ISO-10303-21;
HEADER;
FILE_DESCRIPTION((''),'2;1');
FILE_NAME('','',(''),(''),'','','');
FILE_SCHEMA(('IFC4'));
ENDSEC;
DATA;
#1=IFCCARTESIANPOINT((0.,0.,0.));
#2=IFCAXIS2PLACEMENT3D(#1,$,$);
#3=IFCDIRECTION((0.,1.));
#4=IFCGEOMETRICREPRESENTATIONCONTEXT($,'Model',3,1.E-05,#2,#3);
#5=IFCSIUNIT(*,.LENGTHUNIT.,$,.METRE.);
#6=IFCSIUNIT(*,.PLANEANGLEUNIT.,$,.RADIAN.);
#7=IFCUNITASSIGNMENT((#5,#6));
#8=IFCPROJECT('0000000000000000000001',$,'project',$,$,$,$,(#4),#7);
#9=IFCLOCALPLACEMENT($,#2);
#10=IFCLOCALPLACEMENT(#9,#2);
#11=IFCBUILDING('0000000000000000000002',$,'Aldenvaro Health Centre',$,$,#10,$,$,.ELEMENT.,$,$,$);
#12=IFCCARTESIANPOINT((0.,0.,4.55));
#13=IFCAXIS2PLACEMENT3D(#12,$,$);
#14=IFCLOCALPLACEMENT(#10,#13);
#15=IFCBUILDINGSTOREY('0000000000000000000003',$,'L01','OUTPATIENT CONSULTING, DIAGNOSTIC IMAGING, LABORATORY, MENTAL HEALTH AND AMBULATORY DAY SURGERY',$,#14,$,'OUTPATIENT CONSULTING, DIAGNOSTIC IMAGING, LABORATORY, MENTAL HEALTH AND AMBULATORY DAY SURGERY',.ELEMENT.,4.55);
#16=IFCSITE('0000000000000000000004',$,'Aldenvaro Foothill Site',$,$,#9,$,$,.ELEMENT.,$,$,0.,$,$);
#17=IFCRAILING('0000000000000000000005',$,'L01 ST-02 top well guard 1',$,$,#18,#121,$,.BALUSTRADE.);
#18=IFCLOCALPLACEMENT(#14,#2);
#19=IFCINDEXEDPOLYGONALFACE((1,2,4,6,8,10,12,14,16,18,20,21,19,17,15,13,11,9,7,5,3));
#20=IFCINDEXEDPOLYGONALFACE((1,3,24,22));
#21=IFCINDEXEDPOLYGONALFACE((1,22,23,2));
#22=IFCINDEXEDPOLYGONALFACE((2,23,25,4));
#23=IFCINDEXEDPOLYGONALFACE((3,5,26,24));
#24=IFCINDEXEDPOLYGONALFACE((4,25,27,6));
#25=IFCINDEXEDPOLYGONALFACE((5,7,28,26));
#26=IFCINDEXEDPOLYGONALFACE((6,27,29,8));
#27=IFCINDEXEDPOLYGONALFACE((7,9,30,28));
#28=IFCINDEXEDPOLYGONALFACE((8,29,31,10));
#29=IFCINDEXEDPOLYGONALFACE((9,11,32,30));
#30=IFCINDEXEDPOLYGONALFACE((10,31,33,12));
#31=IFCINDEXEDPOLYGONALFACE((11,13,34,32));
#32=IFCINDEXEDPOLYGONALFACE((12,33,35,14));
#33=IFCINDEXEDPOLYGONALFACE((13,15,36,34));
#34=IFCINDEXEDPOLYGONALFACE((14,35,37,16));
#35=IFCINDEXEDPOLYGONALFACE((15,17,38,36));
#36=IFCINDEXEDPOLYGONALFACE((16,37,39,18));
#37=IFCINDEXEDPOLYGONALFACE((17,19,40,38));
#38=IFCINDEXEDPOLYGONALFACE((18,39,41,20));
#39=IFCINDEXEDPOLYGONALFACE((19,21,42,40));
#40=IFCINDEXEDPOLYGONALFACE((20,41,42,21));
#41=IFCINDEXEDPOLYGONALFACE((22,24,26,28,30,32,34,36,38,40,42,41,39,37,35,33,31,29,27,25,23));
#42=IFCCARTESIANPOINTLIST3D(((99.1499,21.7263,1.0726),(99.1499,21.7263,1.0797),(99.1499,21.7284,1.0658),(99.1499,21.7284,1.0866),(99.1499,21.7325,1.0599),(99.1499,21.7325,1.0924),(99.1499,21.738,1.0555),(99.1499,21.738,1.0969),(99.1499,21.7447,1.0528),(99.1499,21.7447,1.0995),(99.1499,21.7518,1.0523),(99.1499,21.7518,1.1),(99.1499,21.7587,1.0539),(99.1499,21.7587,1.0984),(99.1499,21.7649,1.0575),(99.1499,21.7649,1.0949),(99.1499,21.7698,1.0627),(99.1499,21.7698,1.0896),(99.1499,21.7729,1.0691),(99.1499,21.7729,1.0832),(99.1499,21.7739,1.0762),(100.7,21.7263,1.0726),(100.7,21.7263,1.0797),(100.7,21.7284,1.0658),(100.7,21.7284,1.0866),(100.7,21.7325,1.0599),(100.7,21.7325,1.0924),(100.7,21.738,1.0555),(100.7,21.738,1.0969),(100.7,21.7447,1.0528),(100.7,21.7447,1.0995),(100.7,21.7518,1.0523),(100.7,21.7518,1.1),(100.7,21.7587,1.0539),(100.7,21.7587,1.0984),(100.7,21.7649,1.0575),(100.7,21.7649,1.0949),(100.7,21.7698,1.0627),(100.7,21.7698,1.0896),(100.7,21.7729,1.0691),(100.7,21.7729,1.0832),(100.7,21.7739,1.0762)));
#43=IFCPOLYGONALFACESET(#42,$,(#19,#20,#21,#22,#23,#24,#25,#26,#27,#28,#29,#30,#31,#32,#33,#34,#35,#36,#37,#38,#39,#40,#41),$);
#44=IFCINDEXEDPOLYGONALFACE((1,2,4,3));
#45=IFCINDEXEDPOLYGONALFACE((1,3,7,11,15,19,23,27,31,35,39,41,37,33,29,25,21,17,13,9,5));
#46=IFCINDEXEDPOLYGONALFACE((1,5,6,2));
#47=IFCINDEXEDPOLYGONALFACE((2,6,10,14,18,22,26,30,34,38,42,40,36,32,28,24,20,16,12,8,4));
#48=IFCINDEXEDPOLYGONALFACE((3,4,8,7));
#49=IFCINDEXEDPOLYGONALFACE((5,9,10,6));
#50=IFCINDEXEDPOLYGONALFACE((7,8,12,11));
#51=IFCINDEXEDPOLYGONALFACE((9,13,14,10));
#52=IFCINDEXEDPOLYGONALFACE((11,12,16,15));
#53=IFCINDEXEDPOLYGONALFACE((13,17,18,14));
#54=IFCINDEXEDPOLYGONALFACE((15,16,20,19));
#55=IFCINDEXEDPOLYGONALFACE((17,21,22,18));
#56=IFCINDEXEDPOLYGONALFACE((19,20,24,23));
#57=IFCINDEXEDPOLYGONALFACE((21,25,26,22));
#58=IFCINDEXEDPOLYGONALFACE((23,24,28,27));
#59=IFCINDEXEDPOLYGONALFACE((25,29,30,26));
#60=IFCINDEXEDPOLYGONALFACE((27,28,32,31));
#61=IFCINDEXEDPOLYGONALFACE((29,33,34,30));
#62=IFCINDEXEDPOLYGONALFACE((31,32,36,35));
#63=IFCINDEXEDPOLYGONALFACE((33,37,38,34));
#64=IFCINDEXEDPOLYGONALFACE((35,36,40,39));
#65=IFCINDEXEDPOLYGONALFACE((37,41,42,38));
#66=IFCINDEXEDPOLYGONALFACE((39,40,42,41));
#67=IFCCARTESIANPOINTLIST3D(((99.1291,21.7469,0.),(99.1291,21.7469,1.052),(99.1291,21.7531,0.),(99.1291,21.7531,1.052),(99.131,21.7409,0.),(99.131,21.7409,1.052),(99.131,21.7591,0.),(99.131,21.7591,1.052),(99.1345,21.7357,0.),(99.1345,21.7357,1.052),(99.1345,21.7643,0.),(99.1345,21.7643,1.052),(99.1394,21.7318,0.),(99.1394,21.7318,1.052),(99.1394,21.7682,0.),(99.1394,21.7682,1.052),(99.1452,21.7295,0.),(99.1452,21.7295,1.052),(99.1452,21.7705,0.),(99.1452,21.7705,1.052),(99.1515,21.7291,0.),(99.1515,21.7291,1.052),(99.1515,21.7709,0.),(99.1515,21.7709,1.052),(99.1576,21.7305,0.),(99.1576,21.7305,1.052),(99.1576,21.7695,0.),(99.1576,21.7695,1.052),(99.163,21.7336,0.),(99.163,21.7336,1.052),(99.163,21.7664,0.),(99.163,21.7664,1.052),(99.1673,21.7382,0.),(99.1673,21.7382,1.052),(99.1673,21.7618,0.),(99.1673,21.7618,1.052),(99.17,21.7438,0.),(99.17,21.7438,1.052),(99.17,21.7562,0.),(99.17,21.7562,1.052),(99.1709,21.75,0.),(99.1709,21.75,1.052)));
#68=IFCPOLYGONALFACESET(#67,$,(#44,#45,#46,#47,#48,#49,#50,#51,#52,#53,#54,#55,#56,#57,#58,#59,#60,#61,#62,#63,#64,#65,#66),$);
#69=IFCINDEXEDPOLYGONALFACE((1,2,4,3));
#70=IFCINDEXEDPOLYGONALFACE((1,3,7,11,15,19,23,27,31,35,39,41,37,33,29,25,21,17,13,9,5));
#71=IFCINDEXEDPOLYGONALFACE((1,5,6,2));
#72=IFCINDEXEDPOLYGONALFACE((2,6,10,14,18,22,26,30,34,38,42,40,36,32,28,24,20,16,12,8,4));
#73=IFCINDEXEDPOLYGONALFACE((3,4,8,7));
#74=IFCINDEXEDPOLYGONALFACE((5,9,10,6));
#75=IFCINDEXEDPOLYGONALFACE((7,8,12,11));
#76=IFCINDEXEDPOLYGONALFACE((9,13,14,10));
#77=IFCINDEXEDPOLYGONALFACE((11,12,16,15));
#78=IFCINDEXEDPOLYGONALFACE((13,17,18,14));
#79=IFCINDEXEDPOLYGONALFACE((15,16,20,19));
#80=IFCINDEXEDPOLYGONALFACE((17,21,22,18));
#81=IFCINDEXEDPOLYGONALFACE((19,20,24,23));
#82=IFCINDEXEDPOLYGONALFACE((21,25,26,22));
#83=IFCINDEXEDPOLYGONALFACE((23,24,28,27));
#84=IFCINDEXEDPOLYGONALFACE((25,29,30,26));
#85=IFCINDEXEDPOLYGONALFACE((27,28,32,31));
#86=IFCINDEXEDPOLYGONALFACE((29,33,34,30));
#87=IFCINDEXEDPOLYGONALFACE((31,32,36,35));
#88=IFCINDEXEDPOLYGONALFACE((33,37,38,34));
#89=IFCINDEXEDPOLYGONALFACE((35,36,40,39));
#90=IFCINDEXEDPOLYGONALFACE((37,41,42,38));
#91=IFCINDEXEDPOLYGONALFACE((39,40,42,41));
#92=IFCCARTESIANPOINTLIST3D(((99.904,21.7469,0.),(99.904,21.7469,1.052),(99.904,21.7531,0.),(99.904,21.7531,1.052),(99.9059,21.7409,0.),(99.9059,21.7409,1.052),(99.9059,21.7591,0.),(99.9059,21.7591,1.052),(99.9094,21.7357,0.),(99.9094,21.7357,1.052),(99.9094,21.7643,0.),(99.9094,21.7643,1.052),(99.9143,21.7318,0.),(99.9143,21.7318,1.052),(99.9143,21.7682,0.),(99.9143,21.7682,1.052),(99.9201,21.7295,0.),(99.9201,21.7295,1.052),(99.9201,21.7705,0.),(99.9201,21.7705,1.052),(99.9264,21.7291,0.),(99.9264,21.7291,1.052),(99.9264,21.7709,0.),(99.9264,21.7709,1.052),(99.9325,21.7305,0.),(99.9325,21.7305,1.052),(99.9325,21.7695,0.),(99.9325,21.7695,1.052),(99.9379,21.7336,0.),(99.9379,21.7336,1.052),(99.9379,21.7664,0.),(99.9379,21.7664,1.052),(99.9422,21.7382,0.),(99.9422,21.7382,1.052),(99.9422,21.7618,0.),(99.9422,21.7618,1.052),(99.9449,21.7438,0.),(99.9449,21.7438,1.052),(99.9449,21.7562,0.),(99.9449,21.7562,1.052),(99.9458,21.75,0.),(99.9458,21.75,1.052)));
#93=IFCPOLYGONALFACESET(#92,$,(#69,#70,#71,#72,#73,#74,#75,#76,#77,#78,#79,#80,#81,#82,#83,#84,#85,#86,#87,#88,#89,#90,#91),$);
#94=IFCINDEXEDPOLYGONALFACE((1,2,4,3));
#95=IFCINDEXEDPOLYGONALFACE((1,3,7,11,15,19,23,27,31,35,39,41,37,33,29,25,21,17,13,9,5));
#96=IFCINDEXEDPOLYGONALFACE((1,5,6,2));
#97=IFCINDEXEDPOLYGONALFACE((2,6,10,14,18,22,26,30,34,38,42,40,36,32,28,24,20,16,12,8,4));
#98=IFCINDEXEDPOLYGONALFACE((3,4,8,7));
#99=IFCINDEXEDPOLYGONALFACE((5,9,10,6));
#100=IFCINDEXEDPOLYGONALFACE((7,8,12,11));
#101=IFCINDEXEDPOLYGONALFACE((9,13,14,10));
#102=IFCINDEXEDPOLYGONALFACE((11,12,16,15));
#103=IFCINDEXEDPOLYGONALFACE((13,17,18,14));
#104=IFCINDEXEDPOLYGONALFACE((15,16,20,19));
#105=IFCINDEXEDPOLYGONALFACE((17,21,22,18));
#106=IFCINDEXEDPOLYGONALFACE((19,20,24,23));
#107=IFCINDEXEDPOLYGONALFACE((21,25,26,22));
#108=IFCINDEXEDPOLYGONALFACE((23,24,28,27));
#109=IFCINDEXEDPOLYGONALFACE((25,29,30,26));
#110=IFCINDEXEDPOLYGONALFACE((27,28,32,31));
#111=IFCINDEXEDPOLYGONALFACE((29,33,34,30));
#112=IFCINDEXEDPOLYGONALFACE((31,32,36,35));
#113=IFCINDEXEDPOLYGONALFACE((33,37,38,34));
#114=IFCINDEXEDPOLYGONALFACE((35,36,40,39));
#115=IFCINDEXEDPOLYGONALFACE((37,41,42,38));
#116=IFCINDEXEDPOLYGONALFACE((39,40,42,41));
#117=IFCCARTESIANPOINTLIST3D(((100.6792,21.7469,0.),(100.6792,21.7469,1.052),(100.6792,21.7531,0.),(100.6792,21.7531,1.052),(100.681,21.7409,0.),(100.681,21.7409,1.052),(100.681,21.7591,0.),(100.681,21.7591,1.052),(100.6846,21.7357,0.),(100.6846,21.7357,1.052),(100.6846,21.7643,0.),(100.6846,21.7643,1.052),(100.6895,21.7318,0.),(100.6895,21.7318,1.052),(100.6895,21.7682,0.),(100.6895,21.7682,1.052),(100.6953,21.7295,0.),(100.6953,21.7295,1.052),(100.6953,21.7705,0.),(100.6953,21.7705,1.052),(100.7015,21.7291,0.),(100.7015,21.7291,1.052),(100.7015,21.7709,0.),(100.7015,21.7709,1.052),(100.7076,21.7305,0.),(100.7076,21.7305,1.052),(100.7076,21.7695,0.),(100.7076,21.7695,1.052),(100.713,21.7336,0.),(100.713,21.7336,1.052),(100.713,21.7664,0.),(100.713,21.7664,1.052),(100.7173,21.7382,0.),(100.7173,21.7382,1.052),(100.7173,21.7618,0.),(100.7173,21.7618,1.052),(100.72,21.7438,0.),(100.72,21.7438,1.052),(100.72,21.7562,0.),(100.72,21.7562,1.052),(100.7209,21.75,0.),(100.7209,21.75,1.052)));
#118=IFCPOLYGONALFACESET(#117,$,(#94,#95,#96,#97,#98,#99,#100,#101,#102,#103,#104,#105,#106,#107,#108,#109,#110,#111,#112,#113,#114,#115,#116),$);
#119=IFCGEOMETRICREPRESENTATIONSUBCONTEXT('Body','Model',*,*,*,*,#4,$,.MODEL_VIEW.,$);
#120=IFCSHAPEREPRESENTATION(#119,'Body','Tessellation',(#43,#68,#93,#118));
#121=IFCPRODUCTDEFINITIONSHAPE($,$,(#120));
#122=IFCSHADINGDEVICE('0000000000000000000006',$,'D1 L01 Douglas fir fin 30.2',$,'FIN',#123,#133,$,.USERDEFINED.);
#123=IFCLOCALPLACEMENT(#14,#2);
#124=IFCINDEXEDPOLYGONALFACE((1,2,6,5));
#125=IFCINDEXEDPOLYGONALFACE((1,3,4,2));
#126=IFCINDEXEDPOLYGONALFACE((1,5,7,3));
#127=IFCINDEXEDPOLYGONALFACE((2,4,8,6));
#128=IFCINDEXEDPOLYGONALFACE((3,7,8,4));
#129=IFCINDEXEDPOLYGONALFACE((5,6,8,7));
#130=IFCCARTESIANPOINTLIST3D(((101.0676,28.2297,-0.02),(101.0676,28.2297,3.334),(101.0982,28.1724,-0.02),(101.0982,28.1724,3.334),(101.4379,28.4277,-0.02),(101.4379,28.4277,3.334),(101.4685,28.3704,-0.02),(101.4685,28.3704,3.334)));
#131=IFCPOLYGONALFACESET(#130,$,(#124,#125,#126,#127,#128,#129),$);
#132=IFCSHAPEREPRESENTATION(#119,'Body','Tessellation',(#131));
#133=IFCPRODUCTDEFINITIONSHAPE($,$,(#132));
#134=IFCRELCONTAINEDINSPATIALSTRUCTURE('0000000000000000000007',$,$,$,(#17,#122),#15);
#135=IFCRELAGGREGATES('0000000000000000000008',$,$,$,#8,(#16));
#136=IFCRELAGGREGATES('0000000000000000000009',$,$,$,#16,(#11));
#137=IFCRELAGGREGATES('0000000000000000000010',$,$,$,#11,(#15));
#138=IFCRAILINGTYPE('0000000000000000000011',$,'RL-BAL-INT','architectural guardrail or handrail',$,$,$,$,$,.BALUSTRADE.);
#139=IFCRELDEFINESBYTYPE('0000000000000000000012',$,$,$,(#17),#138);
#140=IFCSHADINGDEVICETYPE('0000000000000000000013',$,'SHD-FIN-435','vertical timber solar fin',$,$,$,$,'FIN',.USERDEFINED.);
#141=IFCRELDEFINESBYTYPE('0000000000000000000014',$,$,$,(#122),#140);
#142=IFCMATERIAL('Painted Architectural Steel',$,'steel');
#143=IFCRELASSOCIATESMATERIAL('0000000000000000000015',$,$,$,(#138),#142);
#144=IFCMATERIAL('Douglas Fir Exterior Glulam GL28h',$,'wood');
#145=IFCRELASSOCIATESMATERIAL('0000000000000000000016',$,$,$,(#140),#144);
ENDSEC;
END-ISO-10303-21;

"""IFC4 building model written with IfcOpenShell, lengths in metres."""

from ifc_helpers import new_model, si_unit, direction, frame, origin, origin_2d, place, context, subcontext, project, spatial, rectangle, circle, extrude, material, type_object, element, save


model = new_model("IFC4")

# Units and contexts
model_context = context("Model", 3, precision=1e-05, world=origin(), true_north=direction((0.0, 1.0)))
body_context = subcontext(model_context, "Body", "Model", "MODEL_VIEW")
ifc_project = project(units=[si_unit("LENGTHUNIT", "METRE"), si_unit("PLANEANGLEUNIT", "RADIAN")], contexts=[model_context])

# Site, building, storey
site_placement = place(None, origin())
site = spatial("IfcSite", under=ifc_project, at=site_placement, Name="Aldenvaro Foothill Site", CompositionType="ELEMENT", RefElevation=0.0)
building_placement = place(site_placement, origin())
building = spatial("IfcBuilding", under=site, at=building_placement, Name="Aldenvaro Health Centre", CompositionType="ELEMENT")
storey_placement = place(building_placement, frame((0.0, 0.0, 4.55)))
storey = spatial("IfcBuildingStorey", under=building, at=storey_placement, Name="L01", Description="OUTPATIENT CONSULTING, DIAGNOSTIC IMAGING, LABORATORY, MENTAL HEALTH AND AMBULATORY DAY SURGERY", LongName="OUTPATIENT CONSULTING, DIAGNOSTIC IMAGING, LABORATORY, MENTAL HEALTH AND AMBULATORY DAY SURGERY", CompositionType="ELEMENT", Elevation=4.55)

# Railing
ifc_material_1 = material(Name="Painted Architectural Steel", Category="steel")
railing_type = type_object("IfcRailingType", Name="RL-BAL-INT", Description="architectural guardrail or handrail", PredefinedType="BALUSTRADE", material=ifc_material_1)
railing_1_placement = place(storey_placement, frame((99.1499, 21.75, 0.0)))
element("IfcRailing", 1, at=railing_1_placement, inside=storey, type_object=railing_type, Name="L01 ST-02 top well guard 1", PredefinedType="BALUSTRADE", context=body_context, shape_type="SweptSolid", body=[
    extrude(circle(Radius=0.0239, at=origin_2d()), frame((0.0, 0.0, 1.0762), z_axis=(1.0, 0.0, 0.0), x_axis=(0.0, 1.0, 0.0)), (0.0, 0.0, 1.0), 1.55),
    extrude(circle(Radius=0.021, at=origin_2d()), origin(), (0.0, 0.0, 1.0), 1.052),
    extrude(circle(Radius=0.021, at=origin_2d()), frame((0.7749, 0.0, 0.0)), (0.0, 0.0, 1.0), 1.052),
    extrude(circle(Radius=0.021, at=origin_2d()), frame((1.55, 0.0, 0.0)), (0.0, 0.0, 1.0), 1.052),
])

# Shading device
ifc_material_2 = material(Name="Douglas Fir Exterior Glulam GL28h", Category="wood")
shading_device_type = type_object("IfcShadingDeviceType", Name="SHD-FIN-435", Description="vertical timber solar fin", ElementType="FIN", PredefinedType="USERDEFINED", material=ifc_material_2)
shading_device_placement = place(storey_placement, frame((101.2681, 28.3, -0.02), z_axis=(0.0, 0.0, 1.0), x_axis=(0.471557, -0.881836, 0.0)))
element("IfcShadingDevice", 2, at=shading_device_placement, inside=storey, type_object=shading_device_type, Name="D1 L01 Douglas fir fin 30.2", ObjectType="FIN", PredefinedType="USERDEFINED", context=body_context, shape_type="SweptSolid", body=[
    extrude(rectangle(XDim=0.0649, YDim=0.4199, at=origin_2d()), origin(), (0.0, 0.0, 1.0), 3.354),
])

save(model, "model.ifc")
